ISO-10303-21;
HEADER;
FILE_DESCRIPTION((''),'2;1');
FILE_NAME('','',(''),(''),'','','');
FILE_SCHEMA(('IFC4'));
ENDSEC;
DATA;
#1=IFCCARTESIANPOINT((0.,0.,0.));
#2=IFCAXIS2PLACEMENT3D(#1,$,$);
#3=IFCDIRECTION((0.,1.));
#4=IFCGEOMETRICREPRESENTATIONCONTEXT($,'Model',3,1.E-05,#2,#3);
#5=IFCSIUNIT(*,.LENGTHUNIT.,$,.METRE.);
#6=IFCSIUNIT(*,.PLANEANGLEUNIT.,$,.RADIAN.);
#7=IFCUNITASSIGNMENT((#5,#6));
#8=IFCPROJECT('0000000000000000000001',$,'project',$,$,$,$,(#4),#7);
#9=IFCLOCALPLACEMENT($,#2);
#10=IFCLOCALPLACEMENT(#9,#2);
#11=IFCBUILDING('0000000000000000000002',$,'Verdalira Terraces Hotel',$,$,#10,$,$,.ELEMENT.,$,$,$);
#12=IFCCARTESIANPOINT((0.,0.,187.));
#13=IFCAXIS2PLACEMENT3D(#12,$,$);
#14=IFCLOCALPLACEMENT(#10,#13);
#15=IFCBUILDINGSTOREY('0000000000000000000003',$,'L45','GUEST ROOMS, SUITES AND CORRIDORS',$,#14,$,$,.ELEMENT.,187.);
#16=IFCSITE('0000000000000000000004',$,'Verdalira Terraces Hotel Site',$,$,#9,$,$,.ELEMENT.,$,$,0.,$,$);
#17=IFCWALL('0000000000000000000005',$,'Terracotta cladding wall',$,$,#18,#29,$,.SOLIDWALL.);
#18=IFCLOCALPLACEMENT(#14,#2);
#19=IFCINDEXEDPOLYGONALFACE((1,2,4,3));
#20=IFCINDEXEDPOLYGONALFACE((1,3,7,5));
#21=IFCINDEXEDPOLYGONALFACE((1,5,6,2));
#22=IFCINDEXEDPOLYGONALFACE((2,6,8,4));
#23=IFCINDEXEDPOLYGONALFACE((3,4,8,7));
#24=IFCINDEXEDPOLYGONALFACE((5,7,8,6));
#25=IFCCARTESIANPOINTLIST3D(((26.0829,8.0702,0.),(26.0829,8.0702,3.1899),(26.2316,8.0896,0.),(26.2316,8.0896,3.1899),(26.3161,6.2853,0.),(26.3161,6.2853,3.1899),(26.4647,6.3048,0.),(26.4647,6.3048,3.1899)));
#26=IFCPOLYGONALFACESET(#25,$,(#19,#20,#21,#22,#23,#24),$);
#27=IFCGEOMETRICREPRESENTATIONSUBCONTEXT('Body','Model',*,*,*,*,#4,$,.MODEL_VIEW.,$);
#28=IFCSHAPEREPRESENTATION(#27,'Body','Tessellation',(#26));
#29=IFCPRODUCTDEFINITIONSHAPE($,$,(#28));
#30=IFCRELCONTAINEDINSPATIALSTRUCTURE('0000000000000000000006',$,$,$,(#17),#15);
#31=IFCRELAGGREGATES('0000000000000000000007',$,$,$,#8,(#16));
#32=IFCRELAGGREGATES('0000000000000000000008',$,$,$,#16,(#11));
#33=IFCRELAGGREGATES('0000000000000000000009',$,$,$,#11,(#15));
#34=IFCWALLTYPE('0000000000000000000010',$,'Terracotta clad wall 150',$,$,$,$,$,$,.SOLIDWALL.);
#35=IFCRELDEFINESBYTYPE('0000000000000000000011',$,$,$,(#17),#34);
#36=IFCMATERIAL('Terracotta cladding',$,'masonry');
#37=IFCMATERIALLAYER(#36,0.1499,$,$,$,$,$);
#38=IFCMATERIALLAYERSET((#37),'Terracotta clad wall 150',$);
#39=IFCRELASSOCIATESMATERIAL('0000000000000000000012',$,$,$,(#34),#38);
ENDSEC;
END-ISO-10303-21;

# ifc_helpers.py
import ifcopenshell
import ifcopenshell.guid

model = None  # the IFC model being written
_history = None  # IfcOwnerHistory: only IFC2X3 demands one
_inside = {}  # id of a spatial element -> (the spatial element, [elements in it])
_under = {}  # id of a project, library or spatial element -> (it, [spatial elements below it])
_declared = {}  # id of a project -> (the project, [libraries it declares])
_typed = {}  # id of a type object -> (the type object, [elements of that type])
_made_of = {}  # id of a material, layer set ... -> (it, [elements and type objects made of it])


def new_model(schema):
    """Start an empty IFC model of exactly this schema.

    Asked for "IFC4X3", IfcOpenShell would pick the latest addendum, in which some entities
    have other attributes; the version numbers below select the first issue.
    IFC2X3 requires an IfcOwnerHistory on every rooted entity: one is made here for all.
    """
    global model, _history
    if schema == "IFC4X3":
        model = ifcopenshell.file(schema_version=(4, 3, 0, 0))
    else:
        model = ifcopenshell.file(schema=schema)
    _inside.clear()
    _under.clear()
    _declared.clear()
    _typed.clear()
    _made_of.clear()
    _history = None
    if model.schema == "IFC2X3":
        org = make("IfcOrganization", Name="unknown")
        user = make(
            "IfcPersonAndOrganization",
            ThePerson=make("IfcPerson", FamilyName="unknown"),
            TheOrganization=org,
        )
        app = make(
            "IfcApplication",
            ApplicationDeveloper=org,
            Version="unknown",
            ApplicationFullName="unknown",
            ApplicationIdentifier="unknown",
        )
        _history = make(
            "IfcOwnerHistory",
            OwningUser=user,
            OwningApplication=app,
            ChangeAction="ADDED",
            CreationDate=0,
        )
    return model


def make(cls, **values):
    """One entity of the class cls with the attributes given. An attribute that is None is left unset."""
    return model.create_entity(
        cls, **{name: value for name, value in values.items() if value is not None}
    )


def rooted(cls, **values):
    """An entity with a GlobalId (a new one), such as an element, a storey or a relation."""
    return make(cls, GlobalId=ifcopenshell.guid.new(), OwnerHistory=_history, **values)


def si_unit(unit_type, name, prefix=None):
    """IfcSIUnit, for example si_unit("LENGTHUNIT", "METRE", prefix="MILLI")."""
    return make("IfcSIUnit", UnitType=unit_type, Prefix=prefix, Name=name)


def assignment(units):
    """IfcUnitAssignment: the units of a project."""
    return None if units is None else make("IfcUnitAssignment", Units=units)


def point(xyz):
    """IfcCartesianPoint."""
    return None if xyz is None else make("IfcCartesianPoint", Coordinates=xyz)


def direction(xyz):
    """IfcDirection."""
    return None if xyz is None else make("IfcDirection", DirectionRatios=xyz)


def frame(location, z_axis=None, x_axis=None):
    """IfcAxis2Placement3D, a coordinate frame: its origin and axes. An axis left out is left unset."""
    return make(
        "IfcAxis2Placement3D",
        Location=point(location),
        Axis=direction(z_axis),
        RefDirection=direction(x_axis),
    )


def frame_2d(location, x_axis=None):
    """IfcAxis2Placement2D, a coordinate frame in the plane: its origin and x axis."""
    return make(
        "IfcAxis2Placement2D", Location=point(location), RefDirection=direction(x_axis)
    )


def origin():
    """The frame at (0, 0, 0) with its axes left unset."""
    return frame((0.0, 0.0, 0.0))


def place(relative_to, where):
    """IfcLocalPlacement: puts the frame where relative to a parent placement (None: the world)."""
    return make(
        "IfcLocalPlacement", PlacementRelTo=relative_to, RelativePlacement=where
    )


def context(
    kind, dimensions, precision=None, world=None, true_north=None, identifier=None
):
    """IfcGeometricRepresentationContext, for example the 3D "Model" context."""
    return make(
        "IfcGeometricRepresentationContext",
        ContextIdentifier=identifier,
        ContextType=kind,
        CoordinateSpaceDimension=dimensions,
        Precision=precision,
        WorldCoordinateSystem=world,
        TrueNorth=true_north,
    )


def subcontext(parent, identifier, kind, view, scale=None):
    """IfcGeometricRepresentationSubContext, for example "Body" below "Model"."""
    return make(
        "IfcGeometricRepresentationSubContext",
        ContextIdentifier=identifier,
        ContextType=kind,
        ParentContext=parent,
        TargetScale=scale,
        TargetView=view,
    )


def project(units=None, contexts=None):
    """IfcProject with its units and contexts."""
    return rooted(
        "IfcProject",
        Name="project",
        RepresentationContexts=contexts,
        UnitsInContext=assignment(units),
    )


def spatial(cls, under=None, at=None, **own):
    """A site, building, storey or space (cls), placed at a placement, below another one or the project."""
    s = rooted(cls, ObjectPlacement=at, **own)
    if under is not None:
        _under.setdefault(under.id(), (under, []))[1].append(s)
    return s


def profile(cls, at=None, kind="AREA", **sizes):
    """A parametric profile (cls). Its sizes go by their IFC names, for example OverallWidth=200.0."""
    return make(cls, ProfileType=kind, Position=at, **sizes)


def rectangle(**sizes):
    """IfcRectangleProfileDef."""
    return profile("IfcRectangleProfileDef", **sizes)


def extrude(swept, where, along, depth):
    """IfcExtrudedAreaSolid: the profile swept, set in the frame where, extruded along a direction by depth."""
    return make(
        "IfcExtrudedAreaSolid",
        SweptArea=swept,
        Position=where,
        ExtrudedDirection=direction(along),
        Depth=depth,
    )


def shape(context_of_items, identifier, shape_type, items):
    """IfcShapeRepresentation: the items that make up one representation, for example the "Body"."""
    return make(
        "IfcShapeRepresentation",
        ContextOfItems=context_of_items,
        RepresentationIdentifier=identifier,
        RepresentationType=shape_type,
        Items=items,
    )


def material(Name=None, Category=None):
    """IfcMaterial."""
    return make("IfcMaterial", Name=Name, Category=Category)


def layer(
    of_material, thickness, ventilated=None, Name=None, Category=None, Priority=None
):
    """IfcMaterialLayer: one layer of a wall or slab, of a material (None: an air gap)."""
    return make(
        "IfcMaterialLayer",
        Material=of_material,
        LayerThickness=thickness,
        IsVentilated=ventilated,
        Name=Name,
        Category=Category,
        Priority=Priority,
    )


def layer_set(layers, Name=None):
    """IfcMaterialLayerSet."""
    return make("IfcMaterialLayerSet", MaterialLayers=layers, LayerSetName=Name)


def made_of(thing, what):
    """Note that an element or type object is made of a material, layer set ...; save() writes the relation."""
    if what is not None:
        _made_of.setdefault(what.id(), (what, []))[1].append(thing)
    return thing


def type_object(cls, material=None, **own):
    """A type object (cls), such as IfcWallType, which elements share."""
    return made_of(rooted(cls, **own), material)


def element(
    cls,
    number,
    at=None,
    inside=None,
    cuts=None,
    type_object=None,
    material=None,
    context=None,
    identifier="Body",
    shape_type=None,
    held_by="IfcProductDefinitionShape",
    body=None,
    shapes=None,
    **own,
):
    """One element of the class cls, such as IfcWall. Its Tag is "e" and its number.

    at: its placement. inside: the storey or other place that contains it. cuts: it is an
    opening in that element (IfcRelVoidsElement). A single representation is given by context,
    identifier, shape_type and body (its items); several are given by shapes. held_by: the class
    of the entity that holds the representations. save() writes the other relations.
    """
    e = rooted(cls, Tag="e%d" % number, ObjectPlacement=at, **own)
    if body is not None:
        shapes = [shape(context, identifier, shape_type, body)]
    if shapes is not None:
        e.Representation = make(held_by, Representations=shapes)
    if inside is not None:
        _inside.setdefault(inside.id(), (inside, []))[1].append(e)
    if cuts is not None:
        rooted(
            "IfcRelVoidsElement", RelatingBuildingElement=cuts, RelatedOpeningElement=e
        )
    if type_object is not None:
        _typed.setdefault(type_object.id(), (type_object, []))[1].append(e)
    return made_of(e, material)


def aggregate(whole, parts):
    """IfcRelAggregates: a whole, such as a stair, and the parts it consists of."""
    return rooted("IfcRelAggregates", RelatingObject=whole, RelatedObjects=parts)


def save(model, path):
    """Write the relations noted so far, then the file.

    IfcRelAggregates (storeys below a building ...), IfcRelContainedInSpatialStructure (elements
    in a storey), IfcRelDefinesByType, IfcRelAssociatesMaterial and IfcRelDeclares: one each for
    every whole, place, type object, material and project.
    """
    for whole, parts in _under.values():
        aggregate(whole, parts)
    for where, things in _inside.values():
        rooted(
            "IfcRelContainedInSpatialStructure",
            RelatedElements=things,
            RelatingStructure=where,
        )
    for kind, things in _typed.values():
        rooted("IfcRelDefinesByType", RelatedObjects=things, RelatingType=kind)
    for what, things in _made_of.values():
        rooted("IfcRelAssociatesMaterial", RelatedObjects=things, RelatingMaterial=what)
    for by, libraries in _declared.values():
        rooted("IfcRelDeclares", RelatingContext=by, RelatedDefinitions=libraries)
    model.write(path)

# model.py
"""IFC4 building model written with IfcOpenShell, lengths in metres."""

from ifc_helpers import new_model, si_unit, direction, frame, frame_2d, origin, place, context, subcontext, project, spatial, rectangle, extrude, material, layer, layer_set, type_object, element, save


model = new_model("IFC4")

# Units and contexts
model_context = context("Model", 3, precision=1e-05, world=origin(), true_north=direction((0.0, 1.0)))
body_context = subcontext(model_context, "Body", "Model", "MODEL_VIEW")
ifc_project = project(units=[si_unit("LENGTHUNIT", "METRE"), si_unit("PLANEANGLEUNIT", "RADIAN")], contexts=[model_context])

# Site, building, storey
site_placement = place(None, origin())
site = spatial("IfcSite", under=ifc_project, at=site_placement, Name="Verdalira Terraces Hotel Site", CompositionType="ELEMENT", RefElevation=0.0)
building_placement = place(site_placement, origin())
building = spatial("IfcBuilding", under=site, at=building_placement, Name="Verdalira Terraces Hotel", CompositionType="ELEMENT")
storey_placement = place(building_placement, frame((0.0, 0.0, 187.0)))
storey = spatial("IfcBuildingStorey", under=building, at=storey_placement, Name="L45", Description="GUEST ROOMS, SUITES AND CORRIDORS", CompositionType="ELEMENT", Elevation=187.0)

# Wall
ifc_material_1 = material(Name="Terracotta cladding", Category="masonry")
ifc_layer_1 = layer(ifc_material_1, 0.1499)
ifc_layer_set_1 = layer_set([ifc_layer_1], Name="Terracotta clad wall 150")
wall_type_1 = type_object("IfcWallType", Name="Terracotta clad wall 150", PredefinedType="SOLIDWALL", material=ifc_layer_set_1)
wall_1_placement = place(storey_placement, frame((26.3904, 6.2952, 0.0), z_axis=(0.0, 0.0, 1.0), x_axis=(-0.129525, 0.991576, 0.0)))
element("IfcWall", 1, at=wall_1_placement, inside=storey, type_object=wall_type_1, Name="Terracotta cladding wall", PredefinedType="SOLIDWALL", context=body_context, shape_type="SweptSolid", body=[
    extrude(rectangle(XDim=1.8, YDim=0.1499, at=frame_2d((0.8999, 0.0))), origin(), (0.0, 0.0, 1.0), 3.1899),
])

save(model, "model.ifc")
